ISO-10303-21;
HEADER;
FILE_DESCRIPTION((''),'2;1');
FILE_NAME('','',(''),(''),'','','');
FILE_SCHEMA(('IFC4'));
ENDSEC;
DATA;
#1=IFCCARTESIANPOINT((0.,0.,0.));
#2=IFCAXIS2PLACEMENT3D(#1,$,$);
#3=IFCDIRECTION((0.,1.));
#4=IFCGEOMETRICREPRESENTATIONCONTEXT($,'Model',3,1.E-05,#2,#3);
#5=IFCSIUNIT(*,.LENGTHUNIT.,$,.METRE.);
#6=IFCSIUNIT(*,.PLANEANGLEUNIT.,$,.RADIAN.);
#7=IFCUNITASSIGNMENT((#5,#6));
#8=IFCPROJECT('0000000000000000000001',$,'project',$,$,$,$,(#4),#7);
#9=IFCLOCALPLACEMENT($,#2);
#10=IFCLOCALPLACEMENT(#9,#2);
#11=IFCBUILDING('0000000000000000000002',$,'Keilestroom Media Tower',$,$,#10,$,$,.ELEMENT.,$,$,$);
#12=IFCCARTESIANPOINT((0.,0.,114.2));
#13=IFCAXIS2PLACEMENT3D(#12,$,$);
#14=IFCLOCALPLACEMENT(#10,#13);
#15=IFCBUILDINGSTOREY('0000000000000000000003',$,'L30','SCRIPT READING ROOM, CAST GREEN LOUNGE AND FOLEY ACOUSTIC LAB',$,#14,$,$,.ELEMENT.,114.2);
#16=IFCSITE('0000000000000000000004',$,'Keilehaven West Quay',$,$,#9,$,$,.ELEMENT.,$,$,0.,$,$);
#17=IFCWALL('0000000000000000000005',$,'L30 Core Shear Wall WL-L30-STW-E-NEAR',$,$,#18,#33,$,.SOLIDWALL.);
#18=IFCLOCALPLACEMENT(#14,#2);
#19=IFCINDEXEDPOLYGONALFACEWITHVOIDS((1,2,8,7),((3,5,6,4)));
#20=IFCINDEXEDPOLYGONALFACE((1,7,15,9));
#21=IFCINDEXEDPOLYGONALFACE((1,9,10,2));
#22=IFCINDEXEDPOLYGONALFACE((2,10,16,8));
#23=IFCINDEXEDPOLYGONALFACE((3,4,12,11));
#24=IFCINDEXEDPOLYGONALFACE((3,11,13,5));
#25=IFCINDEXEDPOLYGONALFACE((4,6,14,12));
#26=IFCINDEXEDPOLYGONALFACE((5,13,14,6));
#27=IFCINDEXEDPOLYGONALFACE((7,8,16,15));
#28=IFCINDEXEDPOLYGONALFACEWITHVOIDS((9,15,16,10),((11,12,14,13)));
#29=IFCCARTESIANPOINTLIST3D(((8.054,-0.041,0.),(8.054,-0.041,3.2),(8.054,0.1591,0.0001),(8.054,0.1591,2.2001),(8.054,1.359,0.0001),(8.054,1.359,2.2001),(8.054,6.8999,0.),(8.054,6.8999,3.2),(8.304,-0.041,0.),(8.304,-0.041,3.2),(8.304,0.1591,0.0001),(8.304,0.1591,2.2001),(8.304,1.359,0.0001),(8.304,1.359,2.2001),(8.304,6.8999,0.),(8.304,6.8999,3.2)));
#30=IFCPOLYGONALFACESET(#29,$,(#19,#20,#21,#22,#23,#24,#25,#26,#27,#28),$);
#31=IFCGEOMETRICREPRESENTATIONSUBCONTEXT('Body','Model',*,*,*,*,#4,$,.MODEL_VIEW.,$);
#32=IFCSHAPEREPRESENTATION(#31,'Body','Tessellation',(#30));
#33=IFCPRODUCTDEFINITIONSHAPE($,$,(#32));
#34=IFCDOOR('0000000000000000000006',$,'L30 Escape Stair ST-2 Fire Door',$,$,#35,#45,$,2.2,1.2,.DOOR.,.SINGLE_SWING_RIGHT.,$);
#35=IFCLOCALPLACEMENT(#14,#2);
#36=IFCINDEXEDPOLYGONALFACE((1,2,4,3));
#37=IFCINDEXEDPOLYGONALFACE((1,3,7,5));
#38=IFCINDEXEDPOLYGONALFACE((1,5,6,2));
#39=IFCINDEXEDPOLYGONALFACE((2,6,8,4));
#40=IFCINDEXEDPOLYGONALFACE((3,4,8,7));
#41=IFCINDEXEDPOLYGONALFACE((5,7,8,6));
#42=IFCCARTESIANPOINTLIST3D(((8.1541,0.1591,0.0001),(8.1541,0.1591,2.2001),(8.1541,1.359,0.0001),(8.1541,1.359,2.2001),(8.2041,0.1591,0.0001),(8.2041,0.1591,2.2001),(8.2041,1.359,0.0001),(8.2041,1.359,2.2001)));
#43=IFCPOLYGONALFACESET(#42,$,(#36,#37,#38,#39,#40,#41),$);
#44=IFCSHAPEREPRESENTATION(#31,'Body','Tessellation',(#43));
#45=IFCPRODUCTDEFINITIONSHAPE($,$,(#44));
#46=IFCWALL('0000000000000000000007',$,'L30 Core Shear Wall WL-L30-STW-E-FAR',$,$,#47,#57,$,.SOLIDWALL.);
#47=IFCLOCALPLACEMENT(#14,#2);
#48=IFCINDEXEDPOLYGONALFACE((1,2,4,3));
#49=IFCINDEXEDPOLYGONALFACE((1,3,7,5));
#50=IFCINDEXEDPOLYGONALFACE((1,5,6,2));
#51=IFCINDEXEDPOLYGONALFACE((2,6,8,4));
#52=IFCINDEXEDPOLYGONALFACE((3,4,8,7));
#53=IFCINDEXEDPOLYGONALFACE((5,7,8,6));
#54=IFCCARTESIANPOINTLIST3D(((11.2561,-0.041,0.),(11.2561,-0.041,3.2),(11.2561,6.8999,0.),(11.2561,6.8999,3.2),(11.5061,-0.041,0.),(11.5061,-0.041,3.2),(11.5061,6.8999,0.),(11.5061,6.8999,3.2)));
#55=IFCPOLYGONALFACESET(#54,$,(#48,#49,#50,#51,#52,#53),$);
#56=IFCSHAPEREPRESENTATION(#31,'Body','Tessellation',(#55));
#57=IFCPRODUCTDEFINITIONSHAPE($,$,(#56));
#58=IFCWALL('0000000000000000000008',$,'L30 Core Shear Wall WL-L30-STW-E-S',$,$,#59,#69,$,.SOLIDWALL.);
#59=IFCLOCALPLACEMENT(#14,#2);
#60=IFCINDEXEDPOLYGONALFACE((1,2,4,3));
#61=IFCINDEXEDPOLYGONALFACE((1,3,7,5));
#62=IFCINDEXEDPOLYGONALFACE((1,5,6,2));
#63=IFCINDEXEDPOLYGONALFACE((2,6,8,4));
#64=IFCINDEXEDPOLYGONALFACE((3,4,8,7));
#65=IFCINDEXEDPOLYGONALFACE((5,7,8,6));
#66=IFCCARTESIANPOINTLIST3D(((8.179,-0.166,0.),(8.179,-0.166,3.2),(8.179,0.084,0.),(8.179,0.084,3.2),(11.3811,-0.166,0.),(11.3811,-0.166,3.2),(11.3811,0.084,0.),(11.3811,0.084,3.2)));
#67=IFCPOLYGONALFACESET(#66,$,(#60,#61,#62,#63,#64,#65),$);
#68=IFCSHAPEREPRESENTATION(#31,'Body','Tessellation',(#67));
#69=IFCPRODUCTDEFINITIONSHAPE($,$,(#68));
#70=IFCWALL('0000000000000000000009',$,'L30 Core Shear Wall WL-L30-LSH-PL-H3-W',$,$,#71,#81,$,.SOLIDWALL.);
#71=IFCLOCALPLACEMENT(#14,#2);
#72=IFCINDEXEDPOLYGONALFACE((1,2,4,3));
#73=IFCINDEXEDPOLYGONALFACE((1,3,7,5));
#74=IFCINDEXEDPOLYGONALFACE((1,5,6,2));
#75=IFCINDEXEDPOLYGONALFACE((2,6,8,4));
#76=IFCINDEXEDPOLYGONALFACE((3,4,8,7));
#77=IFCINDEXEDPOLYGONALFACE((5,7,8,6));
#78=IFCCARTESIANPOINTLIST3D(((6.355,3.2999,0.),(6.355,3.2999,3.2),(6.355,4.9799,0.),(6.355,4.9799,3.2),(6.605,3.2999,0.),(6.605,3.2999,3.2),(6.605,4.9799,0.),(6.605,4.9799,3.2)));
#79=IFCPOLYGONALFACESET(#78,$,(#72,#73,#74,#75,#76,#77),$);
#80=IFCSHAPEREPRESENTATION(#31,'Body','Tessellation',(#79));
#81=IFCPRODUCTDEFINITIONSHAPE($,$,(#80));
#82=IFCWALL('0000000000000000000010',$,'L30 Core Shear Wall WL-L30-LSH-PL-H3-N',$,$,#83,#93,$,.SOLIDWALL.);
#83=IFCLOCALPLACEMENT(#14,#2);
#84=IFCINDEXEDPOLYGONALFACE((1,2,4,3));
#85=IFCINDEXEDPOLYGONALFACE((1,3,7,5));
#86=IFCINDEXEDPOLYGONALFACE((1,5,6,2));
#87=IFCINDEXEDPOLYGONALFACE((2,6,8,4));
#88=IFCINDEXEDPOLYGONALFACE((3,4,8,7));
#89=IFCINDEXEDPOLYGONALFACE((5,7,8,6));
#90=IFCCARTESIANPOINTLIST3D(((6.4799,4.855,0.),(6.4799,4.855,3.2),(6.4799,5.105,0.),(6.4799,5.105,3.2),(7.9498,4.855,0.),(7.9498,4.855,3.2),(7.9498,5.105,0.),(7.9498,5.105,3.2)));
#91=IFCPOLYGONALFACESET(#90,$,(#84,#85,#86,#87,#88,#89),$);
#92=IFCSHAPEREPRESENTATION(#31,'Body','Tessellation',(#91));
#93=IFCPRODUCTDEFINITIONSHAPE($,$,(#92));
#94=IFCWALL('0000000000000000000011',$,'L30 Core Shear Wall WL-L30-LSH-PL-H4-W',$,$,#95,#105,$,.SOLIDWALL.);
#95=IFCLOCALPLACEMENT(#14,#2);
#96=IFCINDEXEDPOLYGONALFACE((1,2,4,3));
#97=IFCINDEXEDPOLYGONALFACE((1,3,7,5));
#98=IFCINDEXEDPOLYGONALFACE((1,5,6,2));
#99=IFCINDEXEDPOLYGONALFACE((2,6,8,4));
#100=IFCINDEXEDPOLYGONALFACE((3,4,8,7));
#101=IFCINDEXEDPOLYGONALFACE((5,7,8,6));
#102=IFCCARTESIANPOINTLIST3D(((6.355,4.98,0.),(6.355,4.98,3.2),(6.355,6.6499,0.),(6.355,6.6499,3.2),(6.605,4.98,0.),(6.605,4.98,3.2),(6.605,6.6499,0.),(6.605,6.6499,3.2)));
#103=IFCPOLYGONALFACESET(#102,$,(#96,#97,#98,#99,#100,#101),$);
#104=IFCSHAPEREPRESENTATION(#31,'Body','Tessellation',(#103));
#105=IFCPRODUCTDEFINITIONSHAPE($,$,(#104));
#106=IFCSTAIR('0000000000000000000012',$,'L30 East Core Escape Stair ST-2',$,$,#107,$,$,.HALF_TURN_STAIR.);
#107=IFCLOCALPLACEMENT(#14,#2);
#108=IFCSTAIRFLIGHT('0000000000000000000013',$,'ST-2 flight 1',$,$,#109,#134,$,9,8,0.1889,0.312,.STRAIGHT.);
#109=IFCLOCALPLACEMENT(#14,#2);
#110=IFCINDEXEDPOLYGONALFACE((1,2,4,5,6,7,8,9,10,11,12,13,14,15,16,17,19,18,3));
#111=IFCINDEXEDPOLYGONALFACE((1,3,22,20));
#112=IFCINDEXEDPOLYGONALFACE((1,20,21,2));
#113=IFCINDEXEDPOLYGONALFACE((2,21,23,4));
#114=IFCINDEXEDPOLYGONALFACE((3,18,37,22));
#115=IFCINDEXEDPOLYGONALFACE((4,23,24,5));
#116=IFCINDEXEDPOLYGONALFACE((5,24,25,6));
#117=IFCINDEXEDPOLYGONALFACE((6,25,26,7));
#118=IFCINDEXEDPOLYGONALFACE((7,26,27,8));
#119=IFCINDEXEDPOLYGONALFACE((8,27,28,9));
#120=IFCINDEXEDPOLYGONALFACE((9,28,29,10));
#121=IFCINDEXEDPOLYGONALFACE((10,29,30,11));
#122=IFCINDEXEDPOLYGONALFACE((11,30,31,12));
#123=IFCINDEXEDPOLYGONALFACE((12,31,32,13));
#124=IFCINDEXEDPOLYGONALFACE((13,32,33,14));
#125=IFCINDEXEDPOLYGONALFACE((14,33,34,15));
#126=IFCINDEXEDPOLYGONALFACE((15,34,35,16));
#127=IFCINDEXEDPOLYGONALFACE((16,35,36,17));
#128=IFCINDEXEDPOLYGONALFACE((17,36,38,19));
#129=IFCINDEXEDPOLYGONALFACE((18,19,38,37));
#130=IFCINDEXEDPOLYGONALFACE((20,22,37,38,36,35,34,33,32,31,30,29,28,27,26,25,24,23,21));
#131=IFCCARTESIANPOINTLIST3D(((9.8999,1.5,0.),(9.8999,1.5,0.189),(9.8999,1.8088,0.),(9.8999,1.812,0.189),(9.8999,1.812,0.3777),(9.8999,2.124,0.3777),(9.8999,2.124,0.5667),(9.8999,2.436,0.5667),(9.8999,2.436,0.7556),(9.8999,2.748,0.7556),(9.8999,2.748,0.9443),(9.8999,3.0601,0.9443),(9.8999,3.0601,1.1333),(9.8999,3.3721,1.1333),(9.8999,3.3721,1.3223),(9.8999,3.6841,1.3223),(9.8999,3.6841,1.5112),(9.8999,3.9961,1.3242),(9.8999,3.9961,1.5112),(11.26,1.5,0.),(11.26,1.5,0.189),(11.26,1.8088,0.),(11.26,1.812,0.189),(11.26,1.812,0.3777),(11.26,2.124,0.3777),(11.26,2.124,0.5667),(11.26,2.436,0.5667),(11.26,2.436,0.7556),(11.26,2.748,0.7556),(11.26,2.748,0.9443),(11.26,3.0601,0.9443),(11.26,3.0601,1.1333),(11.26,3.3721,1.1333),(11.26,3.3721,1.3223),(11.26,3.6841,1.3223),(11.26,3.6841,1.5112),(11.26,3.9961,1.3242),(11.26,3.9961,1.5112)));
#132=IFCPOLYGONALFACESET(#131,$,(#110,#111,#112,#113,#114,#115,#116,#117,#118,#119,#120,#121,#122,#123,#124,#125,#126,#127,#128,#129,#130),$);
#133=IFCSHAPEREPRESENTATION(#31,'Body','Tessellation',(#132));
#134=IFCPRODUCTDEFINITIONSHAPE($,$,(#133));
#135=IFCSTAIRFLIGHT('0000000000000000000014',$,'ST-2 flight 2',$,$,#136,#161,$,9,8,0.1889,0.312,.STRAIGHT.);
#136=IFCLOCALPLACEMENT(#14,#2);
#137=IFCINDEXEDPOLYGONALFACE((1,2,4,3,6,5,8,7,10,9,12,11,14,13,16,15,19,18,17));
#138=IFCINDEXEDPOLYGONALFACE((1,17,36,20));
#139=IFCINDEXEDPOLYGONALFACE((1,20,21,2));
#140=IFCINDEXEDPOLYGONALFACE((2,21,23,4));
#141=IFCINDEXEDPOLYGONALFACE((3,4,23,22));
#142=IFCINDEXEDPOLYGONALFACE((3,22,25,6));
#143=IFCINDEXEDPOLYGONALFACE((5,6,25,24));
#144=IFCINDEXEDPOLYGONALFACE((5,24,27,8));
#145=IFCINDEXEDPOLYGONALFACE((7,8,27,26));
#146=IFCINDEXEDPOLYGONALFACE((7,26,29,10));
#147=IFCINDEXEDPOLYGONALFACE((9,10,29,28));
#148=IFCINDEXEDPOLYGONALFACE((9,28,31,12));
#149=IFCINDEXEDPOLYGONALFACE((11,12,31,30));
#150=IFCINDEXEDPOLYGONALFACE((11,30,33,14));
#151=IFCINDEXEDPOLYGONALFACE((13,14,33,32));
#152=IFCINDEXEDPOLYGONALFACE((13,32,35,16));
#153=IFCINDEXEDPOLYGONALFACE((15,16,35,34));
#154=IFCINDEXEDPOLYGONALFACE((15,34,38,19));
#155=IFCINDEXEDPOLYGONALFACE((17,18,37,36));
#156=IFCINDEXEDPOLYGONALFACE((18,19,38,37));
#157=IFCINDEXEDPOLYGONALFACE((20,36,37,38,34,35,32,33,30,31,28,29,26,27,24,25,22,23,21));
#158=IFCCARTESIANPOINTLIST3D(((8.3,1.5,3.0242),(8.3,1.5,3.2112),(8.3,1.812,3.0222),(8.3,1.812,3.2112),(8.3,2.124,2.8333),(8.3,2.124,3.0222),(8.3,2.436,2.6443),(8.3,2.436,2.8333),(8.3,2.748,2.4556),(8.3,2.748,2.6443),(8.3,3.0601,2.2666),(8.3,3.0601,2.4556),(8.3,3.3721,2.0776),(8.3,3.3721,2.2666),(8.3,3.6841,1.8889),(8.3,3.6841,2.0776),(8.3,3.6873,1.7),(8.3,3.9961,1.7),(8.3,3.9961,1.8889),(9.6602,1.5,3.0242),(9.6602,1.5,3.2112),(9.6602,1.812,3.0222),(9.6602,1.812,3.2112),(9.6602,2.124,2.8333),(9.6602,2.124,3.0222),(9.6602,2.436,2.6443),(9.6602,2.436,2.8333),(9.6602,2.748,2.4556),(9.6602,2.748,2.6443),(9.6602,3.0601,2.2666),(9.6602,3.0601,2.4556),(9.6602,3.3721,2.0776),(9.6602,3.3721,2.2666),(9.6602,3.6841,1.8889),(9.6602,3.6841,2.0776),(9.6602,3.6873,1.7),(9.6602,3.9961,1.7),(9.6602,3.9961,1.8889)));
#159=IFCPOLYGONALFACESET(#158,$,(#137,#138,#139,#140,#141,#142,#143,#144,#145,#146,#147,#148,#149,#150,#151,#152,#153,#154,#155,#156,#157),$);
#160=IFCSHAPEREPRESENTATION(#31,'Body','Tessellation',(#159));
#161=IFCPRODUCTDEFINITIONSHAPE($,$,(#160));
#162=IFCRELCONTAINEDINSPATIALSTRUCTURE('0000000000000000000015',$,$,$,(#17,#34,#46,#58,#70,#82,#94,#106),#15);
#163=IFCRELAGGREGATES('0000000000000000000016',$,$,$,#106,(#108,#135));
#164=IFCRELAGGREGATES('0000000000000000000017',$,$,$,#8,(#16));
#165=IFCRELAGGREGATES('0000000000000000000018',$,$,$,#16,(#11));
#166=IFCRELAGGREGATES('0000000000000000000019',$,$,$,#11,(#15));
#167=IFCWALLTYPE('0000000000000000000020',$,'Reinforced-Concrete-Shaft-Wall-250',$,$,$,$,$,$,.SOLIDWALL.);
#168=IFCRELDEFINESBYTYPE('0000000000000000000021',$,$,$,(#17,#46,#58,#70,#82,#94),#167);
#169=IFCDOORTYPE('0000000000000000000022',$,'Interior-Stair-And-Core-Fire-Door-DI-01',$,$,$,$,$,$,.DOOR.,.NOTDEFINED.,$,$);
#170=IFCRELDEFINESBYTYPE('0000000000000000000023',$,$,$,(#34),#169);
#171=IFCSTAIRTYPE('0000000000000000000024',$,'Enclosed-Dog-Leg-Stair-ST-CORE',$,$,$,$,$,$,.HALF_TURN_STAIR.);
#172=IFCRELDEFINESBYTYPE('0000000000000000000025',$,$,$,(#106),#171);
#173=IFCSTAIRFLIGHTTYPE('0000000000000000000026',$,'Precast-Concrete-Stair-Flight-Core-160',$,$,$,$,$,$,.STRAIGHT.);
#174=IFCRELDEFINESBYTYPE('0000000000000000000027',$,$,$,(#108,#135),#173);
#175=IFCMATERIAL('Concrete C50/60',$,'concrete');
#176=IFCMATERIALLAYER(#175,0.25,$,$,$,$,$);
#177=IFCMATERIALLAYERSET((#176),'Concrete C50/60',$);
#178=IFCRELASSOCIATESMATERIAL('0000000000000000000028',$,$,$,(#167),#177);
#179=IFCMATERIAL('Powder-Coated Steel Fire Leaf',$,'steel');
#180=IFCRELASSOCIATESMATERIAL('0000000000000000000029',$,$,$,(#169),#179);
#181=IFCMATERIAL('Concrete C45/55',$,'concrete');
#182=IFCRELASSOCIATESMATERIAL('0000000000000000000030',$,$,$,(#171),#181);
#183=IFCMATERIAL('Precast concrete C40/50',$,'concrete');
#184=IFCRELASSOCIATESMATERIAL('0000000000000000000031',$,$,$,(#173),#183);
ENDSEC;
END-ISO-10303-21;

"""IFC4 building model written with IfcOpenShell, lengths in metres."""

from ifc_helpers import new_model, si_unit, direction, frame, frame_2d, origin, place, context, subcontext, project, spatial, polyline, rectangle, outline, extrude, source, transform, mapped, material, layer, layer_set, type_object, element, fill, aggregate, save


model = new_model("IFC4")

# Units and contexts
model_context = context("Model", 3, precision=1e-05, world=origin(), true_north=direction((0.0, 1.0)))
body_context = subcontext(model_context, "Body", "Model", "MODEL_VIEW")
ifc_project = project(units=[si_unit("LENGTHUNIT", "METRE"), si_unit("PLANEANGLEUNIT", "RADIAN")], contexts=[model_context])

# Site, building, storey
site_placement = place(None, origin())
site = spatial("IfcSite", under=ifc_project, at=site_placement, Name="Keilehaven West Quay", CompositionType="ELEMENT", RefElevation=0.0)
building_placement = place(site_placement, origin())
building = spatial("IfcBuilding", under=site, at=building_placement, Name="Keilestroom Media Tower", CompositionType="ELEMENT")
storey_placement = place(building_placement, frame((0.0, 0.0, 114.2)))
storey = spatial("IfcBuildingStorey", under=building, at=storey_placement, Name="L30", Description="SCRIPT READING ROOM, CAST GREEN LOUNGE AND FOLEY ACOUSTIC LAB", CompositionType="ELEMENT", Elevation=114.2)

# Shared definitions
ifc_material_1 = material(Name="Concrete C50/60", Category="concrete")
ifc_layer_1 = layer(ifc_material_1, 0.25)
ifc_layer_set_1 = layer_set([ifc_layer_1], Name="Concrete C50/60")
wall_type_1 = type_object("IfcWallType", Name="Reinforced-Concrete-Shaft-Wall-250", PredefinedType="SOLIDWALL", material=ifc_layer_set_1)

# Wall, opening, door
wall_1_placement = place(storey_placement, frame((8.179, -0.041, 0.0), z_axis=(0.0, 0.0, 1.0), x_axis=(0.0, 1.0, 0.0)))
wall_1 = element("IfcWall", 1, at=wall_1_placement, inside=storey, type_object=wall_type_1, Name="L30 Core Shear Wall WL-L30-STW-E-NEAR", PredefinedType="SOLIDWALL", context=body_context, shape_type="SweptSolid", body=[
    extrude(rectangle(XDim=6.9409, YDim=0.25, at=frame_2d((3.4705, 0.0))), origin(), (0.0, 0.0, 1.0), 3.2),
])
opening_placement = place(wall_1_placement, frame((0.2, 0.0, 0.0)))
opening = element("IfcOpeningElement", 2, at=opening_placement, cuts=wall_1, PredefinedType="OPENING", context=body_context, shape_type="SweptSolid", body=[
    extrude(rectangle(XDim=1.2, YDim=2.2, at=frame_2d((0.6001, 1.1001))), frame((0.0, 0.135, 0.0), z_axis=(0.0, -1.0, 0.0), x_axis=(1.0, 0.0, 0.0)), (0.0, 0.0, 1.0), 0.27),
])
ifc_material_2 = material(Name="Powder-Coated Steel Fire Leaf", Category="steel")
door_type = type_object("IfcDoorType", Name="Interior-Stair-And-Core-Fire-Door-DI-01", OperationType="NOTDEFINED", PredefinedType="DOOR", material=ifc_material_2)
shared_shape_1 = source(origin(), body_context, "Body", "SweptSolid", [
    extrude(rectangle(XDim=1.2, YDim=2.2, at=frame_2d((0.6001, 1.1001))), frame((0.0, 0.0249, 0.0), z_axis=(0.0, -1.0, 0.0), x_axis=(1.0, 0.0, 0.0)), (0.0, 0.0, 1.0), 0.05),
])
door_placement = place(opening_placement, origin())
door = element("IfcDoor", 3, at=door_placement, inside=storey, type_object=door_type, Name="L30 Escape Stair ST-2 Fire Door", OperationType="SINGLE_SWING_RIGHT", OverallHeight=2.2, OverallWidth=1.2, PredefinedType="DOOR", context=body_context, shape_type="MappedRepresentation", body=[
    mapped(shared_shape_1, transform((0.0, 0.0, 0.0), x_axis=(1.0, 0.0, 0.0), y_axis=(0.0, 1.0, 0.0), z_axis=(0.0, 0.0, 1.0), scale=1.0)),
])
fill(opening, door)

# Walls
wall_2_placement = place(storey_placement, frame((11.3811, -0.041, 0.0), z_axis=(0.0, 0.0, 1.0), x_axis=(0.0, 1.0, 0.0)))
element("IfcWall", 4, at=wall_2_placement, inside=storey, type_object=wall_type_1, Name="L30 Core Shear Wall WL-L30-STW-E-FAR", PredefinedType="SOLIDWALL", context=body_context, shape_type="SweptSolid", body=[
    extrude(rectangle(XDim=6.9409, YDim=0.25, at=frame_2d((3.4705, 0.0))), origin(), (0.0, 0.0, 1.0), 3.2),
])
wall_3_placement = place(storey_placement, frame((8.179, -0.041, 0.0), z_axis=(0.0, 0.0, 1.0), x_axis=(1.0, 0.0, 0.0)))
element("IfcWall", 5, at=wall_3_placement, inside=storey, type_object=wall_type_1, Name="L30 Core Shear Wall WL-L30-STW-E-S", PredefinedType="SOLIDWALL", context=body_context, shape_type="SweptSolid", body=[
    extrude(rectangle(XDim=3.2021, YDim=0.25, at=frame_2d((1.6011, 0.0))), origin(), (0.0, 0.0, 1.0), 3.2),
])
wall_4_placement = place(storey_placement, frame((6.48, 3.3, 0.0), z_axis=(0.0, 0.0, 1.0), x_axis=(0.0, 1.0, 0.0)))
element("IfcWall", 6, at=wall_4_placement, inside=storey, type_object=wall_type_1, Name="L30 Core Shear Wall WL-L30-LSH-PL-H3-W", PredefinedType="SOLIDWALL", context=body_context, shape_type="SweptSolid", body=[
    extrude(rectangle(XDim=1.6799, YDim=0.25, at=frame_2d((0.8398, 0.0))), origin(), (0.0, 0.0, 1.0), 3.2),
])
wall_5_placement = place(storey_placement, frame((6.48, 4.98, 0.0), z_axis=(0.0, 0.0, 1.0), x_axis=(1.0, 0.0, 0.0)))
element("IfcWall", 7, at=wall_5_placement, inside=storey, type_object=wall_type_1, Name="L30 Core Shear Wall WL-L30-LSH-PL-H3-N", PredefinedType="SOLIDWALL", context=body_context, shape_type="SweptSolid", body=[
    extrude(rectangle(XDim=1.47, YDim=0.25, at=frame_2d((0.7349, 0.0))), origin(), (0.0, 0.0, 1.0), 3.2),
])
wall_6_placement = place(storey_placement, frame((6.48, 4.98, 0.0), z_axis=(0.0, 0.0, 1.0), x_axis=(0.0, 1.0, 0.0)))
element("IfcWall", 8, at=wall_6_placement, inside=storey, type_object=wall_type_1, Name="L30 Core Shear Wall WL-L30-LSH-PL-H4-W", PredefinedType="SOLIDWALL", context=body_context, shape_type="SweptSolid", body=[
    extrude(rectangle(XDim=1.6699, YDim=0.25, at=frame_2d((0.835, 0.0))), origin(), (0.0, 0.0, 1.0), 3.2),
])

# Stair, stair flights
ifc_material_3 = material(Name="Concrete C45/55", Category="concrete")
stair_type = type_object("IfcStairType", Name="Enclosed-Dog-Leg-Stair-ST-CORE", PredefinedType="HALF_TURN_STAIR", material=ifc_material_3)
stair_placement = place(storey_placement, origin())
stair = element("IfcStair", 9, at=stair_placement, inside=storey, type_object=stair_type, Name="L30 East Core Escape Stair ST-2", PredefinedType="HALF_TURN_STAIR")
ifc_material_4 = material(Name="Precast concrete C40/50", Category="concrete")
stair_flight_type = type_object("IfcStairFlightType", Name="Precast-Concrete-Stair-Flight-Core-160", PredefinedType="STRAIGHT", material=ifc_material_4)
stair_flight_1_placement = place(storey_placement, frame((10.5801, 1.5, 0.0), z_axis=(0.0, 0.0, 1.0), x_axis=(0.0, 1.0, 0.0)))
stair_flight_1 = element("IfcStairFlight", 10, at=stair_flight_1_placement, type_object=stair_flight_type, Name="ST-2 flight 1", NumberOfRisers=9, NumberOfTreads=8, PredefinedType="STRAIGHT", RiserHeight=0.1889, TreadLength=0.312, context=body_context, shape_type="SweptSolid", body=[
    extrude(outline(polyline([(0.0, 0.0), (0.0, 0.189), (0.312, 0.189), (0.312, 0.3777), (0.624, 0.3777), (0.624, 0.5667), (0.936, 0.5667), (0.936, 0.7556), (1.248, 0.7556), (1.248, 0.9443), (1.5601, 0.9443), (1.5601, 1.1333), (1.8721, 1.1333), (1.8721, 1.3223), (2.1841, 1.3223), (2.1841, 1.5112), (2.4961, 1.5112), (2.4961, 1.7), (2.4961, 1.3242), (0.3088, 0.0), (0.0, 0.0)])), frame((0.0, 0.6802, 0.0), z_axis=(0.0, -1.0, 0.0), x_axis=(1.0, 0.0, 0.0)), (0.0, 0.0, 1.0), 1.3601),
])
stair_flight_2_placement = place(storey_placement, frame((8.98, 3.9961, 1.7), z_axis=(0.0, 0.0, 1.0), x_axis=(0.0, -1.0, 0.0)))
stair_flight_2 = element("IfcStairFlight", 11, at=stair_flight_2_placement, type_object=stair_flight_type, Name="ST-2 flight 2", NumberOfRisers=9, NumberOfTreads=8, PredefinedType="STRAIGHT", RiserHeight=0.1889, TreadLength=0.312, context=body_context, shape_type="SweptSolid", body=[
    extrude(outline(polyline([(0.0, 0.0), (0.0, 0.189), (0.312, 0.189), (0.312, 0.3777), (0.624, 0.3777), (0.624, 0.5667), (0.936, 0.5667), (0.936, 0.7556), (1.248, 0.7556), (1.248, 0.9443), (1.5601, 0.9443), (1.5601, 1.1333), (1.8721, 1.1333), (1.8721, 1.3223), (2.1841, 1.3223), (2.1841, 1.5112), (2.4961, 1.5112), (2.4961, 1.7), (2.4961, 1.3242), (0.3088, 0.0), (0.0, 0.0)])), frame((0.0, 0.6802, 0.0), z_axis=(0.0, -1.0, 0.0), x_axis=(1.0, 0.0, 0.0)), (0.0, 0.0, 1.0), 1.3601),
])
aggregate(stair, [stair_flight_1, stair_flight_2])

save(model, "model.ifc")
